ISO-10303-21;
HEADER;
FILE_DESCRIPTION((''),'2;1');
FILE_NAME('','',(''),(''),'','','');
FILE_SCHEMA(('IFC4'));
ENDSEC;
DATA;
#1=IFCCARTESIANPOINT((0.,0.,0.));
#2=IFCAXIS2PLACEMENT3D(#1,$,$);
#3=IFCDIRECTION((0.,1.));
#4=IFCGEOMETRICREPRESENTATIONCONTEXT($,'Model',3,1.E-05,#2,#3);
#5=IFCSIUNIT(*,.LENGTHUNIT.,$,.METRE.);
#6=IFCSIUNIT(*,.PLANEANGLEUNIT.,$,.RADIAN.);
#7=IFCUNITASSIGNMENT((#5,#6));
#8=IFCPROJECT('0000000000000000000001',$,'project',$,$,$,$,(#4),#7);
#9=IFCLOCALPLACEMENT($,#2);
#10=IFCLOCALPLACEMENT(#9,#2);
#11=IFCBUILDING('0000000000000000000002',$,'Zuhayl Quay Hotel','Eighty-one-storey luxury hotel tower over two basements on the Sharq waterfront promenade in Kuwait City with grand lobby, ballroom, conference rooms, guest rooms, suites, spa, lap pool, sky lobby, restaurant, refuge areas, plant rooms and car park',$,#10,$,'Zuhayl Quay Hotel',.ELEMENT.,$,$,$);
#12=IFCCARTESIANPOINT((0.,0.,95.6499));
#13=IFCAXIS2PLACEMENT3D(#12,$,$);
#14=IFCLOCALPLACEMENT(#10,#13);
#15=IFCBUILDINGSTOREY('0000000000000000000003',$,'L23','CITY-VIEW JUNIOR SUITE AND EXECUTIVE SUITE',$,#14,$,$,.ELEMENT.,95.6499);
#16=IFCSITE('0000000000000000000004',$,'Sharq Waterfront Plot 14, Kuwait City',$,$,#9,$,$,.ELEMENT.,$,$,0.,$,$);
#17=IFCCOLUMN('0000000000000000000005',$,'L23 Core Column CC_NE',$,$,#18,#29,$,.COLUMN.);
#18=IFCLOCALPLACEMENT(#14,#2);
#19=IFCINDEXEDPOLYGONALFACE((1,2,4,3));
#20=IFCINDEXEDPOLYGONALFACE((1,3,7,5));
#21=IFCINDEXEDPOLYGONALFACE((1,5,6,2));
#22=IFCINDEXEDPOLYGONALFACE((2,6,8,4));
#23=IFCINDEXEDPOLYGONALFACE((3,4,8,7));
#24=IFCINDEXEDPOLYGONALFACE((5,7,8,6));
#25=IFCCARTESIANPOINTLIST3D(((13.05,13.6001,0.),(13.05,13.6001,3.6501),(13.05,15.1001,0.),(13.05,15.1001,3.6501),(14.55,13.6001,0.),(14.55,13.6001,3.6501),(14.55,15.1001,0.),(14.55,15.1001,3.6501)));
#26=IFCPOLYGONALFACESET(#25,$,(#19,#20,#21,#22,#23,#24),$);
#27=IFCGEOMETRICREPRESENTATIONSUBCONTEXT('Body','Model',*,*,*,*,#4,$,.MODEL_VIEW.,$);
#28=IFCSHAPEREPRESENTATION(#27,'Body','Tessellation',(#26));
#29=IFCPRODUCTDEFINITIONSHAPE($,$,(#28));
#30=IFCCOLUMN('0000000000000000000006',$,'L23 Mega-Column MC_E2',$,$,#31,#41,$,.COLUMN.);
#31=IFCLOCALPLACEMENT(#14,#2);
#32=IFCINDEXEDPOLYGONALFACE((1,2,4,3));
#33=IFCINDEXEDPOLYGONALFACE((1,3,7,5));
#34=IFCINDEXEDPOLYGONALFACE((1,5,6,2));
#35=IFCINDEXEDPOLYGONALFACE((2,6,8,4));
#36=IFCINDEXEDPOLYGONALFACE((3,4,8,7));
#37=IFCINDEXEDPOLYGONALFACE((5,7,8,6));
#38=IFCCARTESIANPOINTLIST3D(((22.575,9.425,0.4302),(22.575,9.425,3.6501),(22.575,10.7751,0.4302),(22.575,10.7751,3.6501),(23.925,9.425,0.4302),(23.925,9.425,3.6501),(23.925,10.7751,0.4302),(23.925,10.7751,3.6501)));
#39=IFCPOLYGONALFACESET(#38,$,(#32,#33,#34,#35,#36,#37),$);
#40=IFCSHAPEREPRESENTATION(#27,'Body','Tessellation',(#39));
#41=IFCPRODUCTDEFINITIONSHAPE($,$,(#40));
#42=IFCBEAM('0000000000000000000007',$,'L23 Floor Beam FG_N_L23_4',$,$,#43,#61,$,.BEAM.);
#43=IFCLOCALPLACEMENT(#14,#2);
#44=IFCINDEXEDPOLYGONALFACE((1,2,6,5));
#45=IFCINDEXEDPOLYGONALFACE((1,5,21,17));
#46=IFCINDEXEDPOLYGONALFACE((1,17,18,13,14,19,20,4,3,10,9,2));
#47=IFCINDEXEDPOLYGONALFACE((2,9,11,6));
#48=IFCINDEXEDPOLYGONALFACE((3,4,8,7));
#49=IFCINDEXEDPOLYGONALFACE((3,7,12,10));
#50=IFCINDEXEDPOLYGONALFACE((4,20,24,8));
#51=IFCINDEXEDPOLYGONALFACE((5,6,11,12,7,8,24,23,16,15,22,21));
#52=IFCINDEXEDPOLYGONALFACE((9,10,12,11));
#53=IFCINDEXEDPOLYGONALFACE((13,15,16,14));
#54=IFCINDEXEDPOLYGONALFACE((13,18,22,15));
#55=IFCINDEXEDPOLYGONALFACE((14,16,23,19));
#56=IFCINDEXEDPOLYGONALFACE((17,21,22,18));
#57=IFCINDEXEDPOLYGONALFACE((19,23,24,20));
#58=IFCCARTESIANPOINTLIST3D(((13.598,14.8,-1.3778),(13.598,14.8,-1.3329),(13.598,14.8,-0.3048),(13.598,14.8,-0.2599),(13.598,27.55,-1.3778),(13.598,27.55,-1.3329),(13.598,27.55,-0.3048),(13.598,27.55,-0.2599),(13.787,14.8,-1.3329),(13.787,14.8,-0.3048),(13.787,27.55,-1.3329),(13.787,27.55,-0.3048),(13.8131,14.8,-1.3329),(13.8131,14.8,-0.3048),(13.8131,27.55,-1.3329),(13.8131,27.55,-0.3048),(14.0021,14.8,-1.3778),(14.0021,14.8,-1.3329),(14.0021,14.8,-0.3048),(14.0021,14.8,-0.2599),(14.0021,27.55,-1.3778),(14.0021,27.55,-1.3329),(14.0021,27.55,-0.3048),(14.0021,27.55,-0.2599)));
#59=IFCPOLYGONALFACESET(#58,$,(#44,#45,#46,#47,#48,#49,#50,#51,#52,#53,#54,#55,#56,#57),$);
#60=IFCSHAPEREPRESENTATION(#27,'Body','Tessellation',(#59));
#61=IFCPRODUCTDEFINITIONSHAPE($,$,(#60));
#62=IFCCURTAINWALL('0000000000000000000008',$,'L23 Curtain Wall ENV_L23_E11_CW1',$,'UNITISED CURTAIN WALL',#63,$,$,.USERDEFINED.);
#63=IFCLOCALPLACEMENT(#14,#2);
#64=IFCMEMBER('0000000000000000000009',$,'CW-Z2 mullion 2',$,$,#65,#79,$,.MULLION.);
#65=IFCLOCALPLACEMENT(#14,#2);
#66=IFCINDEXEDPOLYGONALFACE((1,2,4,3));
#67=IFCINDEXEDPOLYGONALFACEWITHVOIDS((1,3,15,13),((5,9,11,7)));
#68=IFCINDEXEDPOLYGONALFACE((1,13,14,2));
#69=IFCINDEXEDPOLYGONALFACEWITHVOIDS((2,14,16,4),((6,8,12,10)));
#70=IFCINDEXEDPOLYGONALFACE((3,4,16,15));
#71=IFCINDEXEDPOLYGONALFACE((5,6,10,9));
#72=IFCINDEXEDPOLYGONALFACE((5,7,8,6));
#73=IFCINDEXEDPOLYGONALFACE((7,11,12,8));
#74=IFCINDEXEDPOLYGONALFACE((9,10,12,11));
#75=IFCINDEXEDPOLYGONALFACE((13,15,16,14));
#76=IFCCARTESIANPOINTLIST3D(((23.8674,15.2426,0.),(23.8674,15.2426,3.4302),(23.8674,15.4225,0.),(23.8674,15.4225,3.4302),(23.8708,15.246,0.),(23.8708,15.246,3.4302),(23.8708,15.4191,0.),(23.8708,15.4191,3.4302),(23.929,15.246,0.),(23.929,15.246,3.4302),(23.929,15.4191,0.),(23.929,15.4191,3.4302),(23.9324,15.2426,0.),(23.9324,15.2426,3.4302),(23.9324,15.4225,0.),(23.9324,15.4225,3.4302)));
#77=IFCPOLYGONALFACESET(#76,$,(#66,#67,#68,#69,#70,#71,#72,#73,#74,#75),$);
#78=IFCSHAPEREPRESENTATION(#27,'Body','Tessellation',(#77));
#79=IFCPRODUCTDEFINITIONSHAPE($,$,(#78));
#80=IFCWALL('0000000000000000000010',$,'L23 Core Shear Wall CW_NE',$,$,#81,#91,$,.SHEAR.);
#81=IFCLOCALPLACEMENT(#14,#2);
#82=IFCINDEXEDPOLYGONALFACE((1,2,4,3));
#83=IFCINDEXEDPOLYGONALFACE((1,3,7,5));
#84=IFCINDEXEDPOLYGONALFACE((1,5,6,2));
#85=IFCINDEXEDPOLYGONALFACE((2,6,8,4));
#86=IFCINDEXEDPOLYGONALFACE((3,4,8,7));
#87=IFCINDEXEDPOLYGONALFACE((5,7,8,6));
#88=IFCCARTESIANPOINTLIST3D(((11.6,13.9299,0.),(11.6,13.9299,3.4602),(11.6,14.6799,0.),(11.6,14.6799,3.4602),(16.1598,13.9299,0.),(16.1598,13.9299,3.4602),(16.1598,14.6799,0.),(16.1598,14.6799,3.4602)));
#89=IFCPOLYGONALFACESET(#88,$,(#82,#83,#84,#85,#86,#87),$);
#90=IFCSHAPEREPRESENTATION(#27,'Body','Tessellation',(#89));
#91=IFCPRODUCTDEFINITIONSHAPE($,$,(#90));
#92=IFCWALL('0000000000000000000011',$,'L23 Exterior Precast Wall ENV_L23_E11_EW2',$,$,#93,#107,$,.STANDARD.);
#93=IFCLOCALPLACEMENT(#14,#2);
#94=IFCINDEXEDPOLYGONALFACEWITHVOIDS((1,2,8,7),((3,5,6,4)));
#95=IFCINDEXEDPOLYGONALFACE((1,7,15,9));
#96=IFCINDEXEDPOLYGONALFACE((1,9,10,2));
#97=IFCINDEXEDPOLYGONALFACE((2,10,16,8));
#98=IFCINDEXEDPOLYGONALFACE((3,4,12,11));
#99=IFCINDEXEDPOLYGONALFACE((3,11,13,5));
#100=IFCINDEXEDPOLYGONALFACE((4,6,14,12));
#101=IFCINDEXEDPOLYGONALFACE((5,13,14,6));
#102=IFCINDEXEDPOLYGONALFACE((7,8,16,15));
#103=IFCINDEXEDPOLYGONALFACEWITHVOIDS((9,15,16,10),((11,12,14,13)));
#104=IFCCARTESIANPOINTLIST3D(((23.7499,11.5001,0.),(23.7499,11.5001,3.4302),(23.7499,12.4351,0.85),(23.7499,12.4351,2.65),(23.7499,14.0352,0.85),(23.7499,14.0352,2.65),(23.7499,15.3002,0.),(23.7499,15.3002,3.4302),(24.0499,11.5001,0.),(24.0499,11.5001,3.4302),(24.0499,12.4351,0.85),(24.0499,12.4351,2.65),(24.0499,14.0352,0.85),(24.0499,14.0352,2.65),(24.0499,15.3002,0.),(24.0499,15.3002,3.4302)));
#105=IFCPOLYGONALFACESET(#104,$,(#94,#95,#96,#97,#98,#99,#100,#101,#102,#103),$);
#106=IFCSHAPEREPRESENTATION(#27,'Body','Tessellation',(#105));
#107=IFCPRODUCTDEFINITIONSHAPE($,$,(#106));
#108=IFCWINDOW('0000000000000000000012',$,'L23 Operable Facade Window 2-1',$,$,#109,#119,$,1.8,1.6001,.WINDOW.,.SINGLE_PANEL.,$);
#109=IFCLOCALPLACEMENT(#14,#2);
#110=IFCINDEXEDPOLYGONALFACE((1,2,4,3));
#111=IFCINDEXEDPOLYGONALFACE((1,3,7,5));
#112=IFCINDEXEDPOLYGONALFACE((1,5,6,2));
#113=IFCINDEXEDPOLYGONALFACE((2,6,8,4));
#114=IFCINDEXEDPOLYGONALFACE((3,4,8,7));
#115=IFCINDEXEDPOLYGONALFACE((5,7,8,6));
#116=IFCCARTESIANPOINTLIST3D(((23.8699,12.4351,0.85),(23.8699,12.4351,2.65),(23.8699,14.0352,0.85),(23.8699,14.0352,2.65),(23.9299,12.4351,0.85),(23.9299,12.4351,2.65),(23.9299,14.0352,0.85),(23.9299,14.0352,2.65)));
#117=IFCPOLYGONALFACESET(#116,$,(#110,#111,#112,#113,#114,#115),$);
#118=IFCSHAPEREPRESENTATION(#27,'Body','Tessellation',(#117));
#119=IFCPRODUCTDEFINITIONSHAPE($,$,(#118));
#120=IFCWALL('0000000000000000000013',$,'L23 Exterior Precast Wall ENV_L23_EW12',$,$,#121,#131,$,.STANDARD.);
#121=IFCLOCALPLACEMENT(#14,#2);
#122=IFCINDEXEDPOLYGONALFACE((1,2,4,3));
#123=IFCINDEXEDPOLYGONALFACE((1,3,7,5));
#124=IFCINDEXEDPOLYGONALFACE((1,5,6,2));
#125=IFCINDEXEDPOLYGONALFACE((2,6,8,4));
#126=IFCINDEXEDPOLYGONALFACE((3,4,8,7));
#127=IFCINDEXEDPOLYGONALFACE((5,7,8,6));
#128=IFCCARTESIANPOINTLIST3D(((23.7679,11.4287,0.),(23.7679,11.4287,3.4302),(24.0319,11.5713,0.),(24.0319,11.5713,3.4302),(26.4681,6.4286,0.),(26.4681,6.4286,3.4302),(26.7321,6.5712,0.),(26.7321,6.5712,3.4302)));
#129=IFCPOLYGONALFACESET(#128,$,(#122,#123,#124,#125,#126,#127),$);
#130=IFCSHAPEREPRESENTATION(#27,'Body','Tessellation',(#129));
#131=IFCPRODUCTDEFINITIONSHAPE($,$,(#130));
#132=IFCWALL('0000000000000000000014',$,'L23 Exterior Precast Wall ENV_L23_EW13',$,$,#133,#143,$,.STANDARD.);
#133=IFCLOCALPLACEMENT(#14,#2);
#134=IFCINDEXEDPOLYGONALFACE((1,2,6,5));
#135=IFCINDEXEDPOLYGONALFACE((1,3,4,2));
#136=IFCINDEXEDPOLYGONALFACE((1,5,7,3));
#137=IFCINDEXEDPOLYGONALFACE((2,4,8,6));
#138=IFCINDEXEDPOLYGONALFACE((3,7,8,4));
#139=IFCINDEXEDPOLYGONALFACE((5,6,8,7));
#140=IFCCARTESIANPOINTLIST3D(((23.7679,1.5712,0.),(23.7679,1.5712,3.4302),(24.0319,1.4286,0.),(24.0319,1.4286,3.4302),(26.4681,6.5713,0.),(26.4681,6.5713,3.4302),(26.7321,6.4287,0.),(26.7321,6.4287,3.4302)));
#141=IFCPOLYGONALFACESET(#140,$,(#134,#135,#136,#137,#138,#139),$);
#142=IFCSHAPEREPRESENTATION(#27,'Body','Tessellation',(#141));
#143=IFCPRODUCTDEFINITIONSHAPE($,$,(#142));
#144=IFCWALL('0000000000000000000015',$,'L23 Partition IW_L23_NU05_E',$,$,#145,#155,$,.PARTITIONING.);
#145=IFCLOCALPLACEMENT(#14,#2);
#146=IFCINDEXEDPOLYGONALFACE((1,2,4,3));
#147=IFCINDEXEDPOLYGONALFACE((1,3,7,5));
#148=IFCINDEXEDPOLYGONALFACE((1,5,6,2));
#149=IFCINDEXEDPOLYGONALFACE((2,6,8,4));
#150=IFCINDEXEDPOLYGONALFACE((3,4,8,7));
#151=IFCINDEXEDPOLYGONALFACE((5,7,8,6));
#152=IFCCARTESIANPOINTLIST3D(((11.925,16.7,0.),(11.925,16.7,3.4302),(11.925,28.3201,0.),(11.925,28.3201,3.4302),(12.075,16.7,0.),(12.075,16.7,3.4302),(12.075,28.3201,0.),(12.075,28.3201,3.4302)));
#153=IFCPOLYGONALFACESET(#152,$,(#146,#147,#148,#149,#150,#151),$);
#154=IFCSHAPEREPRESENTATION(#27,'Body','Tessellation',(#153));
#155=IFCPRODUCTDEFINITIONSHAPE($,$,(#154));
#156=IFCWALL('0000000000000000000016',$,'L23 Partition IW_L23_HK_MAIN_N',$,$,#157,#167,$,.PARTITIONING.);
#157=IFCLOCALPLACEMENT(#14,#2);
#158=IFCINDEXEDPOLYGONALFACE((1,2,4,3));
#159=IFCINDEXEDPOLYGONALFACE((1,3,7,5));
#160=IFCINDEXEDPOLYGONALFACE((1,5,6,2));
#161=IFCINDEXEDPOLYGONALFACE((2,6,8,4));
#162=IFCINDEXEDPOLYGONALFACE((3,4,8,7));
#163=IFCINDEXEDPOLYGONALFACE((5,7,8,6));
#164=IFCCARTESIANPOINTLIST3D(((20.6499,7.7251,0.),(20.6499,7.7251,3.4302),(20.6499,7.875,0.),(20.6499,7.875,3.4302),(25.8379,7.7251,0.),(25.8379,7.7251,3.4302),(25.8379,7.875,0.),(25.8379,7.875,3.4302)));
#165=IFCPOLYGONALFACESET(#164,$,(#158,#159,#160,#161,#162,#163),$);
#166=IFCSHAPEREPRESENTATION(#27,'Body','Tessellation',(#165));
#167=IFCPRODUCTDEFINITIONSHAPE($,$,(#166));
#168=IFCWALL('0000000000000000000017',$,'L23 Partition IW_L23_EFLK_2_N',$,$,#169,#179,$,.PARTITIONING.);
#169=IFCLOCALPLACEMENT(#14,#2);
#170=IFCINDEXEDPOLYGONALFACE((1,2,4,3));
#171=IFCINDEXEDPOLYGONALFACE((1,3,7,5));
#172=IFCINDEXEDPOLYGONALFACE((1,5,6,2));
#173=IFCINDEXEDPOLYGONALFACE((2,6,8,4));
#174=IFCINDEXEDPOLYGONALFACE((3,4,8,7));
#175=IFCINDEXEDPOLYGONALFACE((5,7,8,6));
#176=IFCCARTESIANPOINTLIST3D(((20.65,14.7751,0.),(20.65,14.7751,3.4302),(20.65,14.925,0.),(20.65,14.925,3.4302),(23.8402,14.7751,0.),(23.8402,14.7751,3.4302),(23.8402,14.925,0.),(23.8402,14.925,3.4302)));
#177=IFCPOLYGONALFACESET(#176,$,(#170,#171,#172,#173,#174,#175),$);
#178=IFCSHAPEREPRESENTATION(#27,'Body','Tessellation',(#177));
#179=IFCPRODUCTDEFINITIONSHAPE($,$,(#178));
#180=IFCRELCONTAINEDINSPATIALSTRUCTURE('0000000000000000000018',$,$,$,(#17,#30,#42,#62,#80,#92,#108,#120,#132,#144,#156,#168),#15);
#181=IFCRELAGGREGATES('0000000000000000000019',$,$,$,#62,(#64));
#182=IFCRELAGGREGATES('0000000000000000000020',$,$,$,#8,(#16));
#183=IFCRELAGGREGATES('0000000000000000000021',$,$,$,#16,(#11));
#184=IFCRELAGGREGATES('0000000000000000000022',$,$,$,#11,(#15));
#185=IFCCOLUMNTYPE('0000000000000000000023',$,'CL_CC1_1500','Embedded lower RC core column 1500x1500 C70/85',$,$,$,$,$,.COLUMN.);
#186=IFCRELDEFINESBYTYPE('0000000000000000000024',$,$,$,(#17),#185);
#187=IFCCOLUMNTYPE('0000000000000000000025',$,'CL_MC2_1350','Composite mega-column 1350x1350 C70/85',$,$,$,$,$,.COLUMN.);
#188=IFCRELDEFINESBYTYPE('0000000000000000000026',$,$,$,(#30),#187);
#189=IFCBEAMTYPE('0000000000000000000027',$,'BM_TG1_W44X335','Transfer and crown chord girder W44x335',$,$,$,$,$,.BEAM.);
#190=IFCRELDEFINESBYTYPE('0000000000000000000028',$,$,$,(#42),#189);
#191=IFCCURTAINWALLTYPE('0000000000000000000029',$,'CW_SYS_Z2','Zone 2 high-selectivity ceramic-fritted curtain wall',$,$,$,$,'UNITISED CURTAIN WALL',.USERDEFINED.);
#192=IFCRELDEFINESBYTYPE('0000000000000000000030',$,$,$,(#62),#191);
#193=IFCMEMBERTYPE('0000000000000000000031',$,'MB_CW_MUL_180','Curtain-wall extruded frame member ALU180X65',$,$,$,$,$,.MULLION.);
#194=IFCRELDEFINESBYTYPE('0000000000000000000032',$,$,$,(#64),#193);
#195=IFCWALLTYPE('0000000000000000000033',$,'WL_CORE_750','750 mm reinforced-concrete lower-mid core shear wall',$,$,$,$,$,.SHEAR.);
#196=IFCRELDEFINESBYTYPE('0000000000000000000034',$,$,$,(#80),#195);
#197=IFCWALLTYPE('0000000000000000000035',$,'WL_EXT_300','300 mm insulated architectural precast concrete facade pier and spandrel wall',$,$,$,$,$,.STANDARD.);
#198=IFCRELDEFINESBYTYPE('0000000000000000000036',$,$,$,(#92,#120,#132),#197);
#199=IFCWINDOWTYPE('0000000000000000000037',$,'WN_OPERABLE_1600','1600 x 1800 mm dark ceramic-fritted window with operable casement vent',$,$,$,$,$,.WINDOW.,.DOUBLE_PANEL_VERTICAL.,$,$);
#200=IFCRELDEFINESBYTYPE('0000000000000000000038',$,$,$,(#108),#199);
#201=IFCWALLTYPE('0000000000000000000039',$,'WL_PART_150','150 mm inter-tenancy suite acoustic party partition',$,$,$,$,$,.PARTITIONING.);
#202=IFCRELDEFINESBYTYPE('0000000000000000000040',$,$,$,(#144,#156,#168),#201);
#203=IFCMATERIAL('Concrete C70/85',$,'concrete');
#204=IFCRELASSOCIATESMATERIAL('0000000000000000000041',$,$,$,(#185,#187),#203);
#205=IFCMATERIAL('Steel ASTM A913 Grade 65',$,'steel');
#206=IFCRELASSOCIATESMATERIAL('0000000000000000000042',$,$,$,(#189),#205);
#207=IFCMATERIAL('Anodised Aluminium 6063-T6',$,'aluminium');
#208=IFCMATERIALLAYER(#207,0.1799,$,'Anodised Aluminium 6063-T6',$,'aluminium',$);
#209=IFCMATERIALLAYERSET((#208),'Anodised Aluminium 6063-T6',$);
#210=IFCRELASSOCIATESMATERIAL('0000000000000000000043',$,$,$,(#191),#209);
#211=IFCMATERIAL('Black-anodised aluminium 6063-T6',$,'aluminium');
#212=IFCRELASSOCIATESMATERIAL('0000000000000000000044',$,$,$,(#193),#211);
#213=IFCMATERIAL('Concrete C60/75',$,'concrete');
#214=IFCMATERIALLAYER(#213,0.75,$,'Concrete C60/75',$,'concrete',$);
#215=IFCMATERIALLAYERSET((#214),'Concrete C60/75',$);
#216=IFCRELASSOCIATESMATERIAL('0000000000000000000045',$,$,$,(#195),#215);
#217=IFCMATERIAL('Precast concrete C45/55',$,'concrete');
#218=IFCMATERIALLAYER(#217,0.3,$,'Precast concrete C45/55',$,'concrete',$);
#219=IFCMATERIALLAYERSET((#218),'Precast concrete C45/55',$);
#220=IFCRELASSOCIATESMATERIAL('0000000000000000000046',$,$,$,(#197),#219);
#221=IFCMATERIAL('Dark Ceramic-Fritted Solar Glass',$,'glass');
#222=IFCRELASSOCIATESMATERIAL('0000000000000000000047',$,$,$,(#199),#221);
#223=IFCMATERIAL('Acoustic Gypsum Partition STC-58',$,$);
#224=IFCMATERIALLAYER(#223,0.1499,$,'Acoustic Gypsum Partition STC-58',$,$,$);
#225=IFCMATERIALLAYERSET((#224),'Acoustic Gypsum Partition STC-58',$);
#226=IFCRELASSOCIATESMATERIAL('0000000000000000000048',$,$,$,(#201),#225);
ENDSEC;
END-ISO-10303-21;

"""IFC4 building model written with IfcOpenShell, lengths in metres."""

from ifc_helpers import new_model, si_unit, direction, frame, frame_2d, origin, origin_2d, place, context, subcontext, project, spatial, rectangle, hollow_rectangle, i_section, extrude, material, layer, layer_set, material_profile, profile_set, type_object, element, fill, aggregate, save


model = new_model("IFC4")

# Units and contexts
model_context = context("Model", 3, precision=1e-05, world=origin(), true_north=direction((0.0, 1.0)))
body_context = subcontext(model_context, "Body", "Model", "MODEL_VIEW")
ifc_project = project(units=[si_unit("LENGTHUNIT", "METRE"), si_unit("PLANEANGLEUNIT", "RADIAN")], contexts=[model_context])

# Site, building, storey
site_placement = place(None, origin())
site = spatial("IfcSite", under=ifc_project, at=site_placement, Name="Sharq Waterfront Plot 14, Kuwait City", CompositionType="ELEMENT", RefElevation=0.0)
building_placement = place(site_placement, origin())
building = spatial("IfcBuilding", under=site, at=building_placement, Name="Zuhayl Quay Hotel", Description="Eighty-one-storey luxury hotel tower over two basements on the Sharq waterfront promenade in Kuwait City with grand lobby, ballroom, conference rooms, guest rooms, suites, spa, lap pool, sky lobby, restaurant, refuge areas, plant rooms and car park", LongName="Zuhayl Quay Hotel", CompositionType="ELEMENT")
storey_placement = place(building_placement, frame((0.0, 0.0, 95.6499)))
storey = spatial("IfcBuildingStorey", under=building, at=storey_placement, Name="L23", Description="CITY-VIEW JUNIOR SUITE AND EXECUTIVE SUITE", CompositionType="ELEMENT", Elevation=95.6499)

# Columns
ifc_material_1 = material(Name="Concrete C70/85", Category="concrete")
ifc_material_profile_1 = material_profile(ifc_material_1, rectangle(XDim=1.5, YDim=1.5, at=origin_2d()), Name="RC1500X1500")
ifc_profile_set_1 = profile_set([ifc_material_profile_1], Name="Concrete C70/85")
column_type_1 = type_object("IfcColumnType", Name="CL_CC1_1500", Description="Embedded lower RC core column 1500x1500 C70/85", PredefinedType="COLUMN", material=ifc_profile_set_1)
column_1_placement = place(storey_placement, frame((13.8, 14.3501, 0.0), z_axis=(0.0, 0.0, 1.0), x_axis=(1.0, 0.0, 0.0)))
element("IfcColumn", 1, at=column_1_placement, inside=storey, type_object=column_type_1, Name="L23 Core Column CC_NE", PredefinedType="COLUMN", context=body_context, shape_type="SweptSolid", body=[
    extrude(rectangle(XDim=1.5, YDim=1.5, at=origin_2d()), origin(), (0.0, 0.0, 1.0), 3.6501),
])
ifc_material_profile_2 = material_profile(ifc_material_1, rectangle(XDim=1.3501, YDim=1.3501, at=origin_2d()), Name="RC1350X1350")
ifc_profile_set_2 = profile_set([ifc_material_profile_2], Name="Concrete C70/85")
column_type_2 = type_object("IfcColumnType", Name="CL_MC2_1350", Description="Composite mega-column 1350x1350 C70/85", PredefinedType="COLUMN", material=ifc_profile_set_2)
column_2_placement = place(storey_placement, frame((23.25, 10.1001, 0.4302), z_axis=(0.0, 0.0, 1.0), x_axis=(1.0, 0.0, 0.0)))
element("IfcColumn", 2, at=column_2_placement, inside=storey, type_object=column_type_2, Name="L23 Mega-Column MC_E2", PredefinedType="COLUMN", context=body_context, shape_type="SweptSolid", body=[
    extrude(rectangle(XDim=1.3501, YDim=1.3501, at=origin_2d()), origin(), (0.0, 0.0, 1.0), 3.22),
])

# Beam
ifc_material_2 = material(Name="Steel ASTM A913 Grade 65", Category="steel")
ifc_material_profile_3 = material_profile(ifc_material_2, i_section(OverallWidth=0.4041, OverallDepth=1.1179, WebThickness=0.0261, FlangeThickness=0.0449, at=origin_2d()), Name="W44X335")
ifc_profile_set_3 = profile_set([ifc_material_profile_3], Name="Steel ASTM A913 Grade 65")
beam_type = type_object("IfcBeamType", Name="BM_TG1_W44X335", Description="Transfer and crown chord girder W44x335", PredefinedType="BEAM", material=ifc_profile_set_3)
beam_placement = place(storey_placement, frame((13.8, 14.8, -0.8188), z_axis=(0.0, 1.0, 0.0), x_axis=(-1.0, 0.0, 0.0)))
element("IfcBeam", 3, at=beam_placement, inside=storey, type_object=beam_type, Name="L23 Floor Beam FG_N_L23_4", PredefinedType="BEAM", context=body_context, shape_type="SweptSolid", body=[
    extrude(i_section(OverallWidth=0.4041, OverallDepth=1.1179, WebThickness=0.0261, FlangeThickness=0.0449, at=origin_2d()), origin(), (0.0, 0.0, 1.0), 12.75),
])

# Curtain wall, member
ifc_material_3 = material(Name="Anodised Aluminium 6063-T6", Category="aluminium")
ifc_layer_1 = layer(ifc_material_3, 0.1799, Name="Anodised Aluminium 6063-T6", Category="aluminium")
ifc_layer_set_1 = layer_set([ifc_layer_1], Name="Anodised Aluminium 6063-T6")
curtain_wall_type = type_object("IfcCurtainWallType", Name="CW_SYS_Z2", Description="Zone 2 high-selectivity ceramic-fritted curtain wall", ElementType="UNITISED CURTAIN WALL", PredefinedType="USERDEFINED", material=ifc_layer_set_1)
curtain_wall_placement = place(storey_placement, origin())
curtain_wall = element("IfcCurtainWall", 4, at=curtain_wall_placement, inside=storey, type_object=curtain_wall_type, Name="L23 Curtain Wall ENV_L23_E11_CW1", ObjectType="UNITISED CURTAIN WALL", PredefinedType="USERDEFINED")
ifc_material_4 = material(Name="Black-anodised aluminium 6063-T6", Category="aluminium")
ifc_material_profile_4 = material_profile(ifc_material_4, hollow_rectangle(XDim=0.0649, YDim=0.1799, WallThickness=0.0034, at=origin_2d()), Name="ALU180X65")
ifc_profile_set_4 = profile_set([ifc_material_profile_4], Name="Black-anodised aluminium 6063-T6")
member_type = type_object("IfcMemberType", Name="MB_CW_MUL_180", Description="Curtain-wall extruded frame member ALU180X65", PredefinedType="MULLION", material=ifc_profile_set_4)
member_placement = place(storey_placement, frame((23.8999, 15.3325, 0.0), z_axis=(0.0, 0.0, 1.0), x_axis=(1.0, 0.0, 0.0)))
member = element("IfcMember", 5, at=member_placement, type_object=member_type, Name="CW-Z2 mullion 2", PredefinedType="MULLION", context=body_context, shape_type="SweptSolid", body=[
    extrude(hollow_rectangle(XDim=0.0649, YDim=0.1799, WallThickness=0.0034, at=origin_2d()), origin(), (0.0, 0.0, 1.0), 3.4302),
])
aggregate(curtain_wall, [member])

# Wall
ifc_material_5 = material(Name="Concrete C60/75", Category="concrete")
ifc_layer_2 = layer(ifc_material_5, 0.75, Name="Concrete C60/75", Category="concrete")
ifc_layer_set_2 = layer_set([ifc_layer_2], Name="Concrete C60/75")
wall_type_1 = type_object("IfcWallType", Name="WL_CORE_750", Description="750 mm reinforced-concrete lower-mid core shear wall", PredefinedType="SHEAR", material=ifc_layer_set_2)
wall_1_placement = place(storey_placement, frame((11.6001, 14.3049, 0.0), z_axis=(0.0, 0.0, 1.0), x_axis=(1.0, 0.0, 0.0)))
element("IfcWall", 6, at=wall_1_placement, inside=storey, type_object=wall_type_1, Name="L23 Core Shear Wall CW_NE", PredefinedType="SHEAR", context=body_context, shape_type="SweptSolid", body=[
    extrude(rectangle(XDim=4.5598, YDim=0.75, at=frame_2d((2.2798, 0.0))), origin(), (0.0, 0.0, 1.0), 3.4602),
])

# Wall, opening, window
ifc_material_6 = material(Name="Precast concrete C45/55", Category="concrete")
ifc_layer_3 = layer(ifc_material_6, 0.3, Name="Precast concrete C45/55", Category="concrete")
ifc_layer_set_3 = layer_set([ifc_layer_3], Name="Precast concrete C45/55")
wall_type_2 = type_object("IfcWallType", Name="WL_EXT_300", Description="300 mm insulated architectural precast concrete facade pier and spandrel wall", PredefinedType="STANDARD", material=ifc_layer_set_3)
wall_2_placement = place(storey_placement, frame((23.8999, 15.3, 0.0), z_axis=(0.0, 0.0, 1.0), x_axis=(0.0, -1.0, 0.0)))
wall_2 = element("IfcWall", 7, at=wall_2_placement, inside=storey, type_object=wall_type_2, Name="L23 Exterior Precast Wall ENV_L23_E11_EW2", PredefinedType="STANDARD", context=body_context, shape_type="SweptSolid", body=[
    extrude(rectangle(XDim=3.8, YDim=0.3, at=frame_2d((1.8999, 0.0))), origin(), (0.0, 0.0, 1.0), 3.4302),
])
opening_1_placement = place(wall_2_placement, frame((1.2649, 0.0, 0.8501)))
opening_1 = element("IfcOpeningElement", 8, at=opening_1_placement, cuts=wall_2, PredefinedType="OPENING", context=body_context, shape_type="SweptSolid", body=[
    extrude(rectangle(XDim=1.6001, YDim=1.8, at=frame_2d((0.8, 0.8999))), frame((0.0, 0.1599, 0.0), z_axis=(0.0, -1.0, 0.0), x_axis=(1.0, 0.0, 0.0)), (0.0, 0.0, 1.0), 0.3201),
])
ifc_material_7 = material(Name="Dark Ceramic-Fritted Solar Glass", Category="glass")
window_type = type_object("IfcWindowType", Name="WN_OPERABLE_1600", Description="1600 x 1800 mm dark ceramic-fritted window with operable casement vent", PartitioningType="DOUBLE_PANEL_VERTICAL", PredefinedType="WINDOW", material=ifc_material_7)
window_placement = place(opening_1_placement, origin())
window = element("IfcWindow", 9, at=window_placement, inside=storey, type_object=window_type, Name="L23 Operable Facade Window 2-1", OverallHeight=1.8, OverallWidth=1.6001, PartitioningType="SINGLE_PANEL", PredefinedType="WINDOW", context=body_context, shape_type="SweptSolid", body=[
    extrude(rectangle(XDim=1.6001, YDim=1.8, at=frame_2d((0.8, 0.8999))), frame((0.0, 0.03, 0.0), z_axis=(0.0, -1.0, 0.0), x_axis=(1.0, 0.0, 0.0)), (0.0, 0.0, 1.0), 0.0601),
])
fill(opening_1, window)

# Walls
for number, where, z_axis, x_axis, name in (
    (10, (23.8999, 11.5, 0.0), (0.0, 0.0, 1.0), (0.475176, -0.879891, 0.0), "L23 Exterior Precast Wall ENV_L23_EW12"),
    (11, (26.6001, 6.5, 0.0), (0.0, 0.0, 1.0), (-0.475176, -0.879891, 0.0), "L23 Exterior Precast Wall ENV_L23_EW13"),
):
    element("IfcWall", number, at=place(storey_placement, frame(where, z_axis=z_axis, x_axis=x_axis)), inside=storey, type_object=wall_type_2, Name=name, PredefinedType="STANDARD", context=body_context, shape_type="SweptSolid", body=[
        extrude(rectangle(XDim=5.6826, YDim=0.3, at=frame_2d((2.8413, 0.0))), origin(), (0.0, 0.0, 1.0), 3.4302),
    ])
ifc_material_8 = material(Name="Acoustic Gypsum Partition STC-58")
ifc_layer_4 = layer(ifc_material_8, 0.1499, Name="Acoustic Gypsum Partition STC-58")
ifc_layer_set_4 = layer_set([ifc_layer_4], Name="Acoustic Gypsum Partition STC-58")
wall_type_3 = type_object("IfcWallType", Name="WL_PART_150", Description="150 mm inter-tenancy suite acoustic party partition", PredefinedType="PARTITIONING", material=ifc_layer_set_4)
wall_3_placement = place(storey_placement, frame((12.0, 16.7, 0.0), z_axis=(0.0, 0.0, 1.0), x_axis=(0.0, 1.0, 0.0)))
element("IfcWall", 12, at=wall_3_placement, inside=storey, type_object=wall_type_3, Name="L23 Partition IW_L23_NU05_E", PredefinedType="PARTITIONING", context=body_context, shape_type="SweptSolid", body=[
    extrude(rectangle(XDim=11.6201, YDim=0.1499, at=frame_2d((5.8101, 0.0))), origin(), (0.0, 0.0, 1.0), 3.4302),
])
wall_4_placement = place(storey_placement, frame((20.6499, 7.8, 0.0), z_axis=(0.0, 0.0, 1.0), x_axis=(1.0, 0.0, 0.0)))
element("IfcWall", 13, at=wall_4_placement, inside=storey, type_object=wall_type_3, Name="L23 Partition IW_L23_HK_MAIN_N", PredefinedType="PARTITIONING", context=body_context, shape_type="SweptSolid", body=[
    extrude(rectangle(XDim=5.188, YDim=0.1499, at=frame_2d((2.594, 0.0))), origin(), (0.0, 0.0, 1.0), 3.4302),
])
wall_5_placement = place(storey_placement, frame((20.6499, 14.8501, 0.0), z_axis=(0.0, 0.0, 1.0), x_axis=(1.0, 0.0, 0.0)))
element("IfcWall", 14, at=wall_5_placement, inside=storey, type_object=wall_type_3, Name="L23 Partition IW_L23_EFLK_2_N", PredefinedType="PARTITIONING", context=body_context, shape_type="SweptSolid", body=[
    extrude(rectangle(XDim=3.1902, YDim=0.1499, at=frame_2d((1.5952, 0.0))), origin(), (0.0, 0.0, 1.0), 3.4302),
])

save(model, "model.ifc")
